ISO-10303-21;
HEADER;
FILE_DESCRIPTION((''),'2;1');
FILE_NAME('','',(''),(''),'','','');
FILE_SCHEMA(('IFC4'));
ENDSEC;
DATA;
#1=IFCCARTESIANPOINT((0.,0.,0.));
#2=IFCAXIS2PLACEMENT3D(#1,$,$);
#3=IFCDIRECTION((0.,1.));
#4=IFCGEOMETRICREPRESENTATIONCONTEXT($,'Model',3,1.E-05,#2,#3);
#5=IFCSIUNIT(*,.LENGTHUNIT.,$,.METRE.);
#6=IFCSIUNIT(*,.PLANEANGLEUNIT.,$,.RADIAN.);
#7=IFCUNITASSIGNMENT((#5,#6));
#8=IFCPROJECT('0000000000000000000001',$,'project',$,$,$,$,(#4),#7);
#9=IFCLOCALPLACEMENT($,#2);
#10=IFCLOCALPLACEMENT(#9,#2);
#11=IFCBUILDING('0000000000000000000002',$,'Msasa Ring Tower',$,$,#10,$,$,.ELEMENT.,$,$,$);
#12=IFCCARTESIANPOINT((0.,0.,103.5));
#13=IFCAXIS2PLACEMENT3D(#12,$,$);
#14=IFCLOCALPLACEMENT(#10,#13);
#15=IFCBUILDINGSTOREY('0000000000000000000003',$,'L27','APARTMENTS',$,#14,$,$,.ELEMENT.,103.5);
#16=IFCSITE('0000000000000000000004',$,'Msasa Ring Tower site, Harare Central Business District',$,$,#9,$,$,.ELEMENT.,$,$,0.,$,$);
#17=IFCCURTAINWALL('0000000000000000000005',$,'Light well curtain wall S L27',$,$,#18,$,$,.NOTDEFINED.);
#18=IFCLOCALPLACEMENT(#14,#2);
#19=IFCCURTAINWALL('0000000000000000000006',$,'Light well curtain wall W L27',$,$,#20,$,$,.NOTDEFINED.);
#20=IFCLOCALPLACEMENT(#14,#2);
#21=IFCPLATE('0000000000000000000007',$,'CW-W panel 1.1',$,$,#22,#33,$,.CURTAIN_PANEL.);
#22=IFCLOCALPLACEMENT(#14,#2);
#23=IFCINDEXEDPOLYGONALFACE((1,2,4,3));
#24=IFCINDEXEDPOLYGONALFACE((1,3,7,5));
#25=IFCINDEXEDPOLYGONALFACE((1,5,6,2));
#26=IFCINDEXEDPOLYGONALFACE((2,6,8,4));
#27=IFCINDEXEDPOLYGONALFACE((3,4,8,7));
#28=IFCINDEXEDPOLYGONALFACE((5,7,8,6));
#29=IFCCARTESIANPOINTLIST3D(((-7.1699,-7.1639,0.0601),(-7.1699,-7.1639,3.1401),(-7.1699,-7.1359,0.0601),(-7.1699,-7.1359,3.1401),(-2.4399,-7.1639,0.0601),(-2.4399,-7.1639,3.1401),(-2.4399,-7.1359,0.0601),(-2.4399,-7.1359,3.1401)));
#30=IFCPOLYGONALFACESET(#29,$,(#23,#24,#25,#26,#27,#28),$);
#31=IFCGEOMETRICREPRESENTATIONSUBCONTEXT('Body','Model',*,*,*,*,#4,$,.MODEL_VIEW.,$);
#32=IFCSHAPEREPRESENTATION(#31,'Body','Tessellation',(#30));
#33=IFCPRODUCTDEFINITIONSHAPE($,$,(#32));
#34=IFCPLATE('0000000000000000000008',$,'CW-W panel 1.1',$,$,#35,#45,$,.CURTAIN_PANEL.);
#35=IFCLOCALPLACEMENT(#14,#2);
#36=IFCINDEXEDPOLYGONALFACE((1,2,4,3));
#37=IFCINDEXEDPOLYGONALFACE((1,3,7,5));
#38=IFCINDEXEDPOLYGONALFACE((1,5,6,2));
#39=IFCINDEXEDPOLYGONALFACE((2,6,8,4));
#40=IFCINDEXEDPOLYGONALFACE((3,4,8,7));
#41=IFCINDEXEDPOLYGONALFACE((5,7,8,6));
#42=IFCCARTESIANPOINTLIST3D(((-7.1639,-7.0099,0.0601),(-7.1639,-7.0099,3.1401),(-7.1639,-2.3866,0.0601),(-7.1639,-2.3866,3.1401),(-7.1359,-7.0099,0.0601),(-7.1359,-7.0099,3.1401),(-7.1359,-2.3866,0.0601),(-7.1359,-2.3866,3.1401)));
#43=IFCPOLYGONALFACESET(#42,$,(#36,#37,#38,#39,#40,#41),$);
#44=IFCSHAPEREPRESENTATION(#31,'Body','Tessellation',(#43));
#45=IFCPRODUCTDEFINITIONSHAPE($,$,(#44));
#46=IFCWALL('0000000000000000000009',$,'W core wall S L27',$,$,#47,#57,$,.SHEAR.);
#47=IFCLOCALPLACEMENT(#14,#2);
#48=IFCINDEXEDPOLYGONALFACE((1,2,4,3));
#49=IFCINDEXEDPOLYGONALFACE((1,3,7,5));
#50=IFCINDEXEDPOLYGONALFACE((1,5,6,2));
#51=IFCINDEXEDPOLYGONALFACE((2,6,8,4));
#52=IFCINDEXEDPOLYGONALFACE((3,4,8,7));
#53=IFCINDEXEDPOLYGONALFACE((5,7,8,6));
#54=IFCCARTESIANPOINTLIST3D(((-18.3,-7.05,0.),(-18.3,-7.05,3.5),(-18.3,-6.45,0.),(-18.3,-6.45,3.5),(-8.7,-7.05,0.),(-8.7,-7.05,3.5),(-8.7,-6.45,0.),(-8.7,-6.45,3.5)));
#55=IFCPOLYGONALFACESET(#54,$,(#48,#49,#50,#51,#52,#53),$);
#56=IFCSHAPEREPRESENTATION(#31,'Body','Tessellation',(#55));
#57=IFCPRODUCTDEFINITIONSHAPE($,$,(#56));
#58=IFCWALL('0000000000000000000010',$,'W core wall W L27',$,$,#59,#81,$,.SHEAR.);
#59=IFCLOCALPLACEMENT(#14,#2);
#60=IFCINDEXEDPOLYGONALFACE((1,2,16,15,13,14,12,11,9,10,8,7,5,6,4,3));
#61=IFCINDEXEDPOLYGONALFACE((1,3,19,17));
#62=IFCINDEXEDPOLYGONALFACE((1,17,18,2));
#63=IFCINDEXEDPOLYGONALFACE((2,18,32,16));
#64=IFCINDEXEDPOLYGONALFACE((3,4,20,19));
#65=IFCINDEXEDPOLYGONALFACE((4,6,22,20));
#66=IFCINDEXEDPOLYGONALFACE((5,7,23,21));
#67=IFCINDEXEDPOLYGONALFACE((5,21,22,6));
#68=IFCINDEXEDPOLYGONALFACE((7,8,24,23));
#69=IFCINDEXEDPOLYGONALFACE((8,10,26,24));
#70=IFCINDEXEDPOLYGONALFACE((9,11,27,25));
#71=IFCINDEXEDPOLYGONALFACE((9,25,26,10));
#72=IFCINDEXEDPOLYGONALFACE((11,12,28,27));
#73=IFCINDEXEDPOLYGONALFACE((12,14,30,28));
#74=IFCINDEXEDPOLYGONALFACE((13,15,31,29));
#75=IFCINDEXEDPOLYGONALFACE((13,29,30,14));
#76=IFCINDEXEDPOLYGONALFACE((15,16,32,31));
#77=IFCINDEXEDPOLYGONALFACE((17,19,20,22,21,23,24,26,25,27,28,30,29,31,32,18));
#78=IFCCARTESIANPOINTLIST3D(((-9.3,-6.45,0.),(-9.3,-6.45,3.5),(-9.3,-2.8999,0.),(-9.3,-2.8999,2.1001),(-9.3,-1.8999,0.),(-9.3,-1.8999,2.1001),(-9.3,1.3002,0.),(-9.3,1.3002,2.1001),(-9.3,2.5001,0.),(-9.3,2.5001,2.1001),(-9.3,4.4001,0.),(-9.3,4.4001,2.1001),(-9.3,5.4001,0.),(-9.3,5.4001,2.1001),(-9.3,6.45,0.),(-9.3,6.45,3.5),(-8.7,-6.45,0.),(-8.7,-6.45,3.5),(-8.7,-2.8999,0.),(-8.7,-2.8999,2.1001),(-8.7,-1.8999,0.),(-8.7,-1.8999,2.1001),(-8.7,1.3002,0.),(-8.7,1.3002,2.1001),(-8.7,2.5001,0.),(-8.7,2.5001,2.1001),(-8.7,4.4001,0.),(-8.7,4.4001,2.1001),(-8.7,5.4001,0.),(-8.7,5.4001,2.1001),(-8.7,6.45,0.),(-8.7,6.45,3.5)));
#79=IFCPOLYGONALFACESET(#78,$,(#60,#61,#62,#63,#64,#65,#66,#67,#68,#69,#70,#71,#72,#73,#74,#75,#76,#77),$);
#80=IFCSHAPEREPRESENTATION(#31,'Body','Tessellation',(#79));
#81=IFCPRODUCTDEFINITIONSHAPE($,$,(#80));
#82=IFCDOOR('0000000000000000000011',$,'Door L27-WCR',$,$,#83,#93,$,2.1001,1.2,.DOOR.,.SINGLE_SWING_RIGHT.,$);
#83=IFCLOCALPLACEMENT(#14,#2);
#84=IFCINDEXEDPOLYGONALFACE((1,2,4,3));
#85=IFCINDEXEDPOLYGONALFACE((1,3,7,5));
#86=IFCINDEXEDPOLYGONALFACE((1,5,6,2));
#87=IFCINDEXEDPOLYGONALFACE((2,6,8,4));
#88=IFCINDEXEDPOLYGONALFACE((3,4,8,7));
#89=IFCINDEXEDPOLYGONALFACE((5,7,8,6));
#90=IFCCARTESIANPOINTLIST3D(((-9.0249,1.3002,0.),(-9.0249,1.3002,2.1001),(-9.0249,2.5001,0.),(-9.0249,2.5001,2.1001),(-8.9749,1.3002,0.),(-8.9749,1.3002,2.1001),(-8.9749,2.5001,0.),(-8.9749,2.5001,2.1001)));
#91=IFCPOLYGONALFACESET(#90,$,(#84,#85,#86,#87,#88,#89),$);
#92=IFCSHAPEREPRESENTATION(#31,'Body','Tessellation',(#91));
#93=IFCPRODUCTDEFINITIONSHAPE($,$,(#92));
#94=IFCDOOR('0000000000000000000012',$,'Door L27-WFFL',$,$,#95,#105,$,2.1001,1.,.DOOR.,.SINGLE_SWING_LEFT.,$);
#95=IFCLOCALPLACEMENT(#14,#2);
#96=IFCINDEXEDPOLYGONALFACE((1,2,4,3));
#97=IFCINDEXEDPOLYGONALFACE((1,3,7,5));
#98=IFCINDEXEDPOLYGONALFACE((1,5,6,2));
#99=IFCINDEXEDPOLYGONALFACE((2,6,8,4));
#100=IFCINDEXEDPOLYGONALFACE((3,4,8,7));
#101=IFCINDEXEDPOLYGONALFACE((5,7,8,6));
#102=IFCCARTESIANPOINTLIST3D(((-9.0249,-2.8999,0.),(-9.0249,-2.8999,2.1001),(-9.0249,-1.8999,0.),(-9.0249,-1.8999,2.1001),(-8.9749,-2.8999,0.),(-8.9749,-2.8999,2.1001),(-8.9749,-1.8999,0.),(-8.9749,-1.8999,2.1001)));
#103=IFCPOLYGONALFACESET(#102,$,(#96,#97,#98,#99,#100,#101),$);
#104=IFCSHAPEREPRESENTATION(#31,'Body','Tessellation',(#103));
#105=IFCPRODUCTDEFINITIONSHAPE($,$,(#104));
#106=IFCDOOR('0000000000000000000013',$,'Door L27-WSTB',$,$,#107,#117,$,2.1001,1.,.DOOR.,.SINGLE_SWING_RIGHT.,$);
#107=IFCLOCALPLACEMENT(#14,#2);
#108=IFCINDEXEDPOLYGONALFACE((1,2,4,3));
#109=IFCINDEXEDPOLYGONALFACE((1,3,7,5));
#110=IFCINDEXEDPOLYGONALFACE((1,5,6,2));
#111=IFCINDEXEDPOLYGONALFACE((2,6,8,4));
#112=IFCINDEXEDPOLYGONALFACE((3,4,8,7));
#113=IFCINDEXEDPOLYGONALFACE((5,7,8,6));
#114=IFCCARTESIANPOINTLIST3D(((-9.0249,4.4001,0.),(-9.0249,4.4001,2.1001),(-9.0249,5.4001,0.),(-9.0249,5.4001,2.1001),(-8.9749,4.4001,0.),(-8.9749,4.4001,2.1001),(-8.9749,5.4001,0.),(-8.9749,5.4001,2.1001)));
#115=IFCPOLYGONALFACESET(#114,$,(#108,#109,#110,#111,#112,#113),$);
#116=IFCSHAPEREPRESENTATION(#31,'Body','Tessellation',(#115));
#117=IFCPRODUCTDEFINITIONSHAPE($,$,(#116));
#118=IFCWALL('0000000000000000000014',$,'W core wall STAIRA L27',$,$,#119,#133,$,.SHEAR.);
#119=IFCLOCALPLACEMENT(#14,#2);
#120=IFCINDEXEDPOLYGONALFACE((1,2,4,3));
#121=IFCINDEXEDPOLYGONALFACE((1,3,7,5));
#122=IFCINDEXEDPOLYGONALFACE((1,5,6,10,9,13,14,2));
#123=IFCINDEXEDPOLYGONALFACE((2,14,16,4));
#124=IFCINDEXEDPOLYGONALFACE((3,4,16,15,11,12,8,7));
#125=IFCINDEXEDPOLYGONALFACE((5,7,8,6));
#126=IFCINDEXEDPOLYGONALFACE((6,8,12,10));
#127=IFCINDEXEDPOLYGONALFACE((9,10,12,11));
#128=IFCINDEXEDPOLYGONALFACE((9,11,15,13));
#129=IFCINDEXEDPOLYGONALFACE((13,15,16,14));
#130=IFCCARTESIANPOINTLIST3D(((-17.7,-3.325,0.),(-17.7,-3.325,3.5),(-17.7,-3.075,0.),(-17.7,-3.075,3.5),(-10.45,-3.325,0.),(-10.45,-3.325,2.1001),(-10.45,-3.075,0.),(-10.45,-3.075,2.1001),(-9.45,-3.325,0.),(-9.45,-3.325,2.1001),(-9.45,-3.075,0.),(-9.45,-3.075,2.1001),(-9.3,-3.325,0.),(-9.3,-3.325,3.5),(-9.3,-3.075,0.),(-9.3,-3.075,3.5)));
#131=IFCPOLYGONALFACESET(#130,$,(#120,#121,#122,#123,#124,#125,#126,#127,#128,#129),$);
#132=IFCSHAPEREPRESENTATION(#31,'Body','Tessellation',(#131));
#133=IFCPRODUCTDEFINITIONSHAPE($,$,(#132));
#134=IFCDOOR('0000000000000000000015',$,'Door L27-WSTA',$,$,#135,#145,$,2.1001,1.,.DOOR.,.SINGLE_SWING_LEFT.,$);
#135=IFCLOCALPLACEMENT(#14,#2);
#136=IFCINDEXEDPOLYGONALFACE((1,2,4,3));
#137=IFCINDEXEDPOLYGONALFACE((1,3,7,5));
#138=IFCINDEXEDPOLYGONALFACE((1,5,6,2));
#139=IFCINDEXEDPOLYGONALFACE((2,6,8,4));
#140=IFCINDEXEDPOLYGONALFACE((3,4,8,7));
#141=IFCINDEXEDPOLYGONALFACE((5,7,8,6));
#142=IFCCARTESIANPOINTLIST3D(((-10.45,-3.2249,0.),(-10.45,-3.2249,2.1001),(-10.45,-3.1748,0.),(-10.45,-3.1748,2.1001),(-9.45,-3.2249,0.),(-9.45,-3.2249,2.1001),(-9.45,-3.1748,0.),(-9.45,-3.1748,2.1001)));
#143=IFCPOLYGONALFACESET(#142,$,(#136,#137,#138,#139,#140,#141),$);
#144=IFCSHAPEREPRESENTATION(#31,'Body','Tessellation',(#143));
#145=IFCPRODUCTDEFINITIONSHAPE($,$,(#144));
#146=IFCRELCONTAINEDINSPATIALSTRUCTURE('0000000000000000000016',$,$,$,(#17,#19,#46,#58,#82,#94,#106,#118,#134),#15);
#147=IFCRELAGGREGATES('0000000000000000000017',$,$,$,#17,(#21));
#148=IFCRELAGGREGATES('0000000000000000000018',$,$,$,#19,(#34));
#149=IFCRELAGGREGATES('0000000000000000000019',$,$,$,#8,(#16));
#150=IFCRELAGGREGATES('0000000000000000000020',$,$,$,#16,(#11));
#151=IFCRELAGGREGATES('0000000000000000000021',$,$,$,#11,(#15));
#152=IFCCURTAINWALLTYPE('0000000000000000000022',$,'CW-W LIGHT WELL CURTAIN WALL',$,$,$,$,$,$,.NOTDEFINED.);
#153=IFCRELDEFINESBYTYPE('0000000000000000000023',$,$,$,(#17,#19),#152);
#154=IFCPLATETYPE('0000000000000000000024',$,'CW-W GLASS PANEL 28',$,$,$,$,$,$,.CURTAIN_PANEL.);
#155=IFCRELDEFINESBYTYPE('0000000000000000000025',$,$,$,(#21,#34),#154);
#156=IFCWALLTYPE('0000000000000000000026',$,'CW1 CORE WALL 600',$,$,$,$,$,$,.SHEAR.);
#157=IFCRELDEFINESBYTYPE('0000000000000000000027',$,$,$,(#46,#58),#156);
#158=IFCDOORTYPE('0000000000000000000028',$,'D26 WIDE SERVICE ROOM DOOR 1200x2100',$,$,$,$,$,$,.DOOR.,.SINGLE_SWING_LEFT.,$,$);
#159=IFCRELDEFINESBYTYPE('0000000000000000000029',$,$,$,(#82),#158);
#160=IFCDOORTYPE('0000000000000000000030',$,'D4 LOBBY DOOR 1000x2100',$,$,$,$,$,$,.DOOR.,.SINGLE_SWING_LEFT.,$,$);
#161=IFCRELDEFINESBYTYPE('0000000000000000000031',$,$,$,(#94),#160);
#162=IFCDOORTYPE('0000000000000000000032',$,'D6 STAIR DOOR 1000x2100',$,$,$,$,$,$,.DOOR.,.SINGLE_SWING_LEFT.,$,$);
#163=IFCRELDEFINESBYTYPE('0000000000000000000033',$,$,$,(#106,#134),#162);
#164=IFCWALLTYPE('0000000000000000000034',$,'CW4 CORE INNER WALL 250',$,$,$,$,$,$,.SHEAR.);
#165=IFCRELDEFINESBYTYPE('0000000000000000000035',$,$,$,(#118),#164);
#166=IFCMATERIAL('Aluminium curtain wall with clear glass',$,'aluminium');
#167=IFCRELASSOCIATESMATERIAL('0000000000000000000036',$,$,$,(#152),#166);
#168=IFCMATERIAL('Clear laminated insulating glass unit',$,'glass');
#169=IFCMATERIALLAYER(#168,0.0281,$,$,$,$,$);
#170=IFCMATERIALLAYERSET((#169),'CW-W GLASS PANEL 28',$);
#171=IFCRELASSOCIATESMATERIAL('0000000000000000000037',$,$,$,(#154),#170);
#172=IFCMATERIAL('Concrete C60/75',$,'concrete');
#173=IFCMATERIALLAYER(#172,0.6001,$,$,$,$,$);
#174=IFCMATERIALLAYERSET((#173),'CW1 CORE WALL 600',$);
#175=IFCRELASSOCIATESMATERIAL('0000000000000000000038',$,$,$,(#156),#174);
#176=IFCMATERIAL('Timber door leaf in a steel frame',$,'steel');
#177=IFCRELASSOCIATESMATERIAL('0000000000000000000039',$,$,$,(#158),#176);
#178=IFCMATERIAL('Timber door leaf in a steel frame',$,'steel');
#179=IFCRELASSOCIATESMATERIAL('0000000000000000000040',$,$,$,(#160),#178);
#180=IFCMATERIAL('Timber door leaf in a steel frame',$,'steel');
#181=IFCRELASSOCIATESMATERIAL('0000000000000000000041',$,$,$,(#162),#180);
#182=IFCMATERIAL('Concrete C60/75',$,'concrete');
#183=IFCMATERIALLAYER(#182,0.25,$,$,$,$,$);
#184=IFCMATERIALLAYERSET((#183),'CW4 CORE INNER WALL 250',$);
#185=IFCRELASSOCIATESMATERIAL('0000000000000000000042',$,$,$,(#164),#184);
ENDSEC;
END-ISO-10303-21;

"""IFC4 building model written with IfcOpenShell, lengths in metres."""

from ifc_helpers import new_model, si_unit, direction, frame, frame_2d, origin, origin_2d, place, context, subcontext, project, spatial, rectangle, extrude, material, layer, layer_set, type_object, element, fill, aggregate, save


model = new_model("IFC4")

# Units and contexts
model_context = context("Model", 3, precision=1e-05, world=origin(), true_north=direction((0.0, 1.0)))
body_context = subcontext(model_context, "Body", "Model", "MODEL_VIEW")
ifc_project = project(units=[si_unit("LENGTHUNIT", "METRE"), si_unit("PLANEANGLEUNIT", "RADIAN")], contexts=[model_context])

# Site, building, storey
site_placement = place(None, origin())
site = spatial("IfcSite", under=ifc_project, at=site_placement, Name="Msasa Ring Tower site, Harare Central Business District", CompositionType="ELEMENT", RefElevation=0.0)
building_placement = place(site_placement, origin())
building = spatial("IfcBuilding", under=site, at=building_placement, Name="Msasa Ring Tower", CompositionType="ELEMENT")
storey_placement = place(building_placement, frame((0.0, 0.0, 103.5)))
storey = spatial("IfcBuildingStorey", under=building, at=storey_placement, Name="L27", Description="APARTMENTS", CompositionType="ELEMENT", Elevation=103.5)

# Curtain wall
ifc_material_1 = material(Name="Aluminium curtain wall with clear glass", Category="aluminium")
curtain_wall_type = type_object("IfcCurtainWallType", Name="CW-W LIGHT WELL CURTAIN WALL", PredefinedType="NOTDEFINED", material=ifc_material_1)
curtain_wall_1_placement = place(storey_placement, origin())
curtain_wall_1 = element("IfcCurtainWall", 1, at=curtain_wall_1_placement, inside=storey, type_object=curtain_wall_type, Name="Light well curtain wall S L27", PredefinedType="NOTDEFINED")

# Curtain wall
curtain_wall_2_placement = place(storey_placement, origin())
curtain_wall_2 = element("IfcCurtainWall", 2, at=curtain_wall_2_placement, inside=storey, type_object=curtain_wall_type, Name="Light well curtain wall W L27", PredefinedType="NOTDEFINED")

# Plates
ifc_material_2 = material(Name="Clear laminated insulating glass unit", Category="glass")
ifc_layer_1 = layer(ifc_material_2, 0.0281)
ifc_layer_set_1 = layer_set([ifc_layer_1], Name="CW-W GLASS PANEL 28")
plate_type = type_object("IfcPlateType", Name="CW-W GLASS PANEL 28", PredefinedType="CURTAIN_PANEL", material=ifc_layer_set_1)
plate_1_placement = place(storey_placement, frame((-4.8049, -7.1499, 0.0601), z_axis=(0.0, 0.0, 1.0), x_axis=(1.0, 0.0, 0.0)))
plate_1 = element("IfcPlate", 3, at=plate_1_placement, type_object=plate_type, Name="CW-W panel 1.1", PredefinedType="CURTAIN_PANEL", context=body_context, shape_type="SweptSolid", body=[
    extrude(rectangle(XDim=4.73, YDim=0.0281, at=origin_2d()), origin(), (0.0, 0.0, 1.0), 3.0801),
])
aggregate(curtain_wall_1, [plate_1])
plate_2_placement = place(storey_placement, frame((-7.1499, -4.6982, 0.0601), z_axis=(0.0, 0.0, 1.0), x_axis=(0.0, 1.0, 0.0)))
plate_2 = element("IfcPlate", 4, at=plate_2_placement, type_object=plate_type, Name="CW-W panel 1.1", PredefinedType="CURTAIN_PANEL", context=body_context, shape_type="SweptSolid", body=[
    extrude(rectangle(XDim=4.6233, YDim=0.0281, at=origin_2d()), origin(), (0.0, 0.0, 1.0), 3.0801),
])
aggregate(curtain_wall_2, [plate_2])

# Wall
ifc_material_3 = material(Name="Concrete C60/75", Category="concrete")
ifc_layer_2 = layer(ifc_material_3, 0.6001)
ifc_layer_set_2 = layer_set([ifc_layer_2], Name="CW1 CORE WALL 600")
wall_type_1 = type_object("IfcWallType", Name="CW1 CORE WALL 600", PredefinedType="SHEAR", material=ifc_layer_set_2)
wall_1_placement = place(storey_placement, frame((-8.7, -6.75, 0.0), z_axis=(0.0, 0.0, 1.0), x_axis=(-1.0, 0.0, 0.0)))
element("IfcWall", 5, at=wall_1_placement, inside=storey, type_object=wall_type_1, Name="W core wall S L27", PredefinedType="SHEAR", context=body_context, shape_type="SweptSolid", body=[
    extrude(rectangle(XDim=9.6001, YDim=0.6001, at=frame_2d((4.8, 0.0))), origin(), (0.0, 0.0, 1.0), 3.5),
])

# Wall, openings, doors
wall_2_placement = place(storey_placement, frame((-9.0, -6.45, 0.0), z_axis=(0.0, 0.0, 1.0), x_axis=(0.0, 1.0, 0.0)))
wall_2 = element("IfcWall", 6, at=wall_2_placement, inside=storey, type_object=wall_type_1, Name="W core wall W L27", PredefinedType="SHEAR", context=body_context, shape_type="SweptSolid", body=[
    extrude(rectangle(XDim=12.8999, YDim=0.6001, at=frame_2d((6.45, 0.0))), origin(), (0.0, 0.0, 1.0), 3.5),
])
opening_1_placement = place(wall_2_placement, frame((3.55, 0.0, 0.0)))
opening_1 = element("IfcOpeningElement", 7, at=opening_1_placement, cuts=wall_2, PredefinedType="OPENING", context=body_context, shape_type="SweptSolid", body=[
    extrude(rectangle(XDim=1.0, YDim=2.1001, at=frame_2d((0.5, 1.05))), frame((0.0, 0.3101, 0.0), z_axis=(0.0, -1.0, 0.0), x_axis=(1.0, 0.0, 0.0)), (0.0, 0.0, 1.0), 0.6201),
])
opening_2_placement = place(wall_2_placement, frame((7.75, 0.0, 0.0)))
opening_2 = element("IfcOpeningElement", 8, at=opening_2_placement, cuts=wall_2, PredefinedType="OPENING", context=body_context, shape_type="SweptSolid", body=[
    extrude(rectangle(XDim=1.2, YDim=2.1001, at=frame_2d((0.6001, 1.05))), frame((0.0, 0.3101, 0.0), z_axis=(0.0, -1.0, 0.0), x_axis=(1.0, 0.0, 0.0)), (0.0, 0.0, 1.0), 0.6201),
])
opening_3_placement = place(wall_2_placement, frame((10.8501, 0.0, 0.0)))
opening_3 = element("IfcOpeningElement", 9, at=opening_3_placement, cuts=wall_2, PredefinedType="OPENING", context=body_context, shape_type="SweptSolid", body=[
    extrude(rectangle(XDim=1.0, YDim=2.1001, at=frame_2d((0.5, 1.05))), frame((0.0, 0.3101, 0.0), z_axis=(0.0, -1.0, 0.0), x_axis=(1.0, 0.0, 0.0)), (0.0, 0.0, 1.0), 0.6201),
])
ifc_material_4 = material(Name="Timber door leaf in a steel frame", Category="steel")
door_type_1 = type_object("IfcDoorType", Name="D26 WIDE SERVICE ROOM DOOR 1200x2100", OperationType="SINGLE_SWING_LEFT", PredefinedType="DOOR", material=ifc_material_4)
door_1_placement = place(opening_2_placement, origin())
door_1 = element("IfcDoor", 10, at=door_1_placement, inside=storey, type_object=door_type_1, Name="Door L27-WCR", OperationType="SINGLE_SWING_RIGHT", OverallHeight=2.1001, OverallWidth=1.2, PredefinedType="DOOR", context=body_context, shape_type="SweptSolid", body=[
    extrude(rectangle(XDim=1.2, YDim=2.1001, at=frame_2d((0.6001, 1.05))), frame((0.0, 0.0249, 0.0), z_axis=(0.0, -1.0, 0.0), x_axis=(1.0, 0.0, 0.0)), (0.0, 0.0, 1.0), 0.05),
])
fill(opening_2, door_1)
ifc_material_5 = material(Name="Timber door leaf in a steel frame", Category="steel")
door_type_2 = type_object("IfcDoorType", Name="D4 LOBBY DOOR 1000x2100", OperationType="SINGLE_SWING_LEFT", PredefinedType="DOOR", material=ifc_material_5)
door_2_placement = place(opening_1_placement, origin())
door_2 = element("IfcDoor", 11, at=door_2_placement, inside=storey, type_object=door_type_2, Name="Door L27-WFFL", OperationType="SINGLE_SWING_LEFT", OverallHeight=2.1001, OverallWidth=1.0, PredefinedType="DOOR", context=body_context, shape_type="SweptSolid", body=[
    extrude(rectangle(XDim=1.0, YDim=2.1001, at=frame_2d((0.5, 1.05))), frame((0.0, 0.0249, 0.0), z_axis=(0.0, -1.0, 0.0), x_axis=(1.0, 0.0, 0.0)), (0.0, 0.0, 1.0), 0.05),
])
fill(opening_1, door_2)
ifc_material_6 = material(Name="Timber door leaf in a steel frame", Category="steel")
door_type_3 = type_object("IfcDoorType", Name="D6 STAIR DOOR 1000x2100", OperationType="SINGLE_SWING_LEFT", PredefinedType="DOOR", material=ifc_material_6)
door_3_placement = place(opening_3_placement, origin())
door_3 = element("IfcDoor", 12, at=door_3_placement, inside=storey, type_object=door_type_3, Name="Door L27-WSTB", OperationType="SINGLE_SWING_RIGHT", OverallHeight=2.1001, OverallWidth=1.0, PredefinedType="DOOR", context=body_context, shape_type="SweptSolid", body=[
    extrude(rectangle(XDim=1.0, YDim=2.1001, at=frame_2d((0.5, 1.05))), frame((0.0, 0.0249, 0.0), z_axis=(0.0, -1.0, 0.0), x_axis=(1.0, 0.0, 0.0)), (0.0, 0.0, 1.0), 0.05),
])
fill(opening_3, door_3)

# Wall, opening, door
ifc_material_7 = material(Name="Concrete C60/75", Category="concrete")
ifc_layer_3 = layer(ifc_material_7, 0.25)
ifc_layer_set_3 = layer_set([ifc_layer_3], Name="CW4 CORE INNER WALL 250")
wall_type_2 = type_object("IfcWallType", Name="CW4 CORE INNER WALL 250", PredefinedType="SHEAR", material=ifc_layer_set_3)
wall_3_placement = place(storey_placement, frame((-9.3, -3.2, 0.0), z_axis=(0.0, 0.0, 1.0), x_axis=(-1.0, 0.0, 0.0)))
wall_3 = element("IfcWall", 13, at=wall_3_placement, inside=storey, type_object=wall_type_2, Name="W core wall STAIRA L27", PredefinedType="SHEAR", context=body_context, shape_type="SweptSolid", body=[
    extrude(rectangle(XDim=8.3999, YDim=0.25, at=frame_2d((4.2, 0.0))), origin(), (0.0, 0.0, 1.0), 3.5),
])
opening_4_placement = place(wall_3_placement, frame((0.1499, 0.0, 0.0)))
opening_4 = element("IfcOpeningElement", 14, at=opening_4_placement, cuts=wall_3, PredefinedType="OPENING", context=body_context, shape_type="SweptSolid", body=[
    extrude(rectangle(XDim=1.0, YDim=2.1001, at=frame_2d((0.5, 1.05))), frame((0.0, 0.135, 0.0), z_axis=(0.0, -1.0, 0.0), x_axis=(1.0, 0.0, 0.0)), (0.0, 0.0, 1.0), 0.27),
])
door_4_placement = place(opening_4_placement, origin())
door_4 = element("IfcDoor", 15, at=door_4_placement, inside=storey, type_object=door_type_3, Name="Door L27-WSTA", OperationType="SINGLE_SWING_LEFT", OverallHeight=2.1001, OverallWidth=1.0, PredefinedType="DOOR", context=body_context, shape_type="SweptSolid", body=[
    extrude(rectangle(XDim=1.0, YDim=2.1001, at=frame_2d((0.5, 1.05))), frame((0.0, 0.0249, 0.0), z_axis=(0.0, -1.0, 0.0), x_axis=(1.0, 0.0, 0.0)), (0.0, 0.0, 1.0), 0.05),
])
fill(opening_4, door_4)

save(model, "model.ifc")
